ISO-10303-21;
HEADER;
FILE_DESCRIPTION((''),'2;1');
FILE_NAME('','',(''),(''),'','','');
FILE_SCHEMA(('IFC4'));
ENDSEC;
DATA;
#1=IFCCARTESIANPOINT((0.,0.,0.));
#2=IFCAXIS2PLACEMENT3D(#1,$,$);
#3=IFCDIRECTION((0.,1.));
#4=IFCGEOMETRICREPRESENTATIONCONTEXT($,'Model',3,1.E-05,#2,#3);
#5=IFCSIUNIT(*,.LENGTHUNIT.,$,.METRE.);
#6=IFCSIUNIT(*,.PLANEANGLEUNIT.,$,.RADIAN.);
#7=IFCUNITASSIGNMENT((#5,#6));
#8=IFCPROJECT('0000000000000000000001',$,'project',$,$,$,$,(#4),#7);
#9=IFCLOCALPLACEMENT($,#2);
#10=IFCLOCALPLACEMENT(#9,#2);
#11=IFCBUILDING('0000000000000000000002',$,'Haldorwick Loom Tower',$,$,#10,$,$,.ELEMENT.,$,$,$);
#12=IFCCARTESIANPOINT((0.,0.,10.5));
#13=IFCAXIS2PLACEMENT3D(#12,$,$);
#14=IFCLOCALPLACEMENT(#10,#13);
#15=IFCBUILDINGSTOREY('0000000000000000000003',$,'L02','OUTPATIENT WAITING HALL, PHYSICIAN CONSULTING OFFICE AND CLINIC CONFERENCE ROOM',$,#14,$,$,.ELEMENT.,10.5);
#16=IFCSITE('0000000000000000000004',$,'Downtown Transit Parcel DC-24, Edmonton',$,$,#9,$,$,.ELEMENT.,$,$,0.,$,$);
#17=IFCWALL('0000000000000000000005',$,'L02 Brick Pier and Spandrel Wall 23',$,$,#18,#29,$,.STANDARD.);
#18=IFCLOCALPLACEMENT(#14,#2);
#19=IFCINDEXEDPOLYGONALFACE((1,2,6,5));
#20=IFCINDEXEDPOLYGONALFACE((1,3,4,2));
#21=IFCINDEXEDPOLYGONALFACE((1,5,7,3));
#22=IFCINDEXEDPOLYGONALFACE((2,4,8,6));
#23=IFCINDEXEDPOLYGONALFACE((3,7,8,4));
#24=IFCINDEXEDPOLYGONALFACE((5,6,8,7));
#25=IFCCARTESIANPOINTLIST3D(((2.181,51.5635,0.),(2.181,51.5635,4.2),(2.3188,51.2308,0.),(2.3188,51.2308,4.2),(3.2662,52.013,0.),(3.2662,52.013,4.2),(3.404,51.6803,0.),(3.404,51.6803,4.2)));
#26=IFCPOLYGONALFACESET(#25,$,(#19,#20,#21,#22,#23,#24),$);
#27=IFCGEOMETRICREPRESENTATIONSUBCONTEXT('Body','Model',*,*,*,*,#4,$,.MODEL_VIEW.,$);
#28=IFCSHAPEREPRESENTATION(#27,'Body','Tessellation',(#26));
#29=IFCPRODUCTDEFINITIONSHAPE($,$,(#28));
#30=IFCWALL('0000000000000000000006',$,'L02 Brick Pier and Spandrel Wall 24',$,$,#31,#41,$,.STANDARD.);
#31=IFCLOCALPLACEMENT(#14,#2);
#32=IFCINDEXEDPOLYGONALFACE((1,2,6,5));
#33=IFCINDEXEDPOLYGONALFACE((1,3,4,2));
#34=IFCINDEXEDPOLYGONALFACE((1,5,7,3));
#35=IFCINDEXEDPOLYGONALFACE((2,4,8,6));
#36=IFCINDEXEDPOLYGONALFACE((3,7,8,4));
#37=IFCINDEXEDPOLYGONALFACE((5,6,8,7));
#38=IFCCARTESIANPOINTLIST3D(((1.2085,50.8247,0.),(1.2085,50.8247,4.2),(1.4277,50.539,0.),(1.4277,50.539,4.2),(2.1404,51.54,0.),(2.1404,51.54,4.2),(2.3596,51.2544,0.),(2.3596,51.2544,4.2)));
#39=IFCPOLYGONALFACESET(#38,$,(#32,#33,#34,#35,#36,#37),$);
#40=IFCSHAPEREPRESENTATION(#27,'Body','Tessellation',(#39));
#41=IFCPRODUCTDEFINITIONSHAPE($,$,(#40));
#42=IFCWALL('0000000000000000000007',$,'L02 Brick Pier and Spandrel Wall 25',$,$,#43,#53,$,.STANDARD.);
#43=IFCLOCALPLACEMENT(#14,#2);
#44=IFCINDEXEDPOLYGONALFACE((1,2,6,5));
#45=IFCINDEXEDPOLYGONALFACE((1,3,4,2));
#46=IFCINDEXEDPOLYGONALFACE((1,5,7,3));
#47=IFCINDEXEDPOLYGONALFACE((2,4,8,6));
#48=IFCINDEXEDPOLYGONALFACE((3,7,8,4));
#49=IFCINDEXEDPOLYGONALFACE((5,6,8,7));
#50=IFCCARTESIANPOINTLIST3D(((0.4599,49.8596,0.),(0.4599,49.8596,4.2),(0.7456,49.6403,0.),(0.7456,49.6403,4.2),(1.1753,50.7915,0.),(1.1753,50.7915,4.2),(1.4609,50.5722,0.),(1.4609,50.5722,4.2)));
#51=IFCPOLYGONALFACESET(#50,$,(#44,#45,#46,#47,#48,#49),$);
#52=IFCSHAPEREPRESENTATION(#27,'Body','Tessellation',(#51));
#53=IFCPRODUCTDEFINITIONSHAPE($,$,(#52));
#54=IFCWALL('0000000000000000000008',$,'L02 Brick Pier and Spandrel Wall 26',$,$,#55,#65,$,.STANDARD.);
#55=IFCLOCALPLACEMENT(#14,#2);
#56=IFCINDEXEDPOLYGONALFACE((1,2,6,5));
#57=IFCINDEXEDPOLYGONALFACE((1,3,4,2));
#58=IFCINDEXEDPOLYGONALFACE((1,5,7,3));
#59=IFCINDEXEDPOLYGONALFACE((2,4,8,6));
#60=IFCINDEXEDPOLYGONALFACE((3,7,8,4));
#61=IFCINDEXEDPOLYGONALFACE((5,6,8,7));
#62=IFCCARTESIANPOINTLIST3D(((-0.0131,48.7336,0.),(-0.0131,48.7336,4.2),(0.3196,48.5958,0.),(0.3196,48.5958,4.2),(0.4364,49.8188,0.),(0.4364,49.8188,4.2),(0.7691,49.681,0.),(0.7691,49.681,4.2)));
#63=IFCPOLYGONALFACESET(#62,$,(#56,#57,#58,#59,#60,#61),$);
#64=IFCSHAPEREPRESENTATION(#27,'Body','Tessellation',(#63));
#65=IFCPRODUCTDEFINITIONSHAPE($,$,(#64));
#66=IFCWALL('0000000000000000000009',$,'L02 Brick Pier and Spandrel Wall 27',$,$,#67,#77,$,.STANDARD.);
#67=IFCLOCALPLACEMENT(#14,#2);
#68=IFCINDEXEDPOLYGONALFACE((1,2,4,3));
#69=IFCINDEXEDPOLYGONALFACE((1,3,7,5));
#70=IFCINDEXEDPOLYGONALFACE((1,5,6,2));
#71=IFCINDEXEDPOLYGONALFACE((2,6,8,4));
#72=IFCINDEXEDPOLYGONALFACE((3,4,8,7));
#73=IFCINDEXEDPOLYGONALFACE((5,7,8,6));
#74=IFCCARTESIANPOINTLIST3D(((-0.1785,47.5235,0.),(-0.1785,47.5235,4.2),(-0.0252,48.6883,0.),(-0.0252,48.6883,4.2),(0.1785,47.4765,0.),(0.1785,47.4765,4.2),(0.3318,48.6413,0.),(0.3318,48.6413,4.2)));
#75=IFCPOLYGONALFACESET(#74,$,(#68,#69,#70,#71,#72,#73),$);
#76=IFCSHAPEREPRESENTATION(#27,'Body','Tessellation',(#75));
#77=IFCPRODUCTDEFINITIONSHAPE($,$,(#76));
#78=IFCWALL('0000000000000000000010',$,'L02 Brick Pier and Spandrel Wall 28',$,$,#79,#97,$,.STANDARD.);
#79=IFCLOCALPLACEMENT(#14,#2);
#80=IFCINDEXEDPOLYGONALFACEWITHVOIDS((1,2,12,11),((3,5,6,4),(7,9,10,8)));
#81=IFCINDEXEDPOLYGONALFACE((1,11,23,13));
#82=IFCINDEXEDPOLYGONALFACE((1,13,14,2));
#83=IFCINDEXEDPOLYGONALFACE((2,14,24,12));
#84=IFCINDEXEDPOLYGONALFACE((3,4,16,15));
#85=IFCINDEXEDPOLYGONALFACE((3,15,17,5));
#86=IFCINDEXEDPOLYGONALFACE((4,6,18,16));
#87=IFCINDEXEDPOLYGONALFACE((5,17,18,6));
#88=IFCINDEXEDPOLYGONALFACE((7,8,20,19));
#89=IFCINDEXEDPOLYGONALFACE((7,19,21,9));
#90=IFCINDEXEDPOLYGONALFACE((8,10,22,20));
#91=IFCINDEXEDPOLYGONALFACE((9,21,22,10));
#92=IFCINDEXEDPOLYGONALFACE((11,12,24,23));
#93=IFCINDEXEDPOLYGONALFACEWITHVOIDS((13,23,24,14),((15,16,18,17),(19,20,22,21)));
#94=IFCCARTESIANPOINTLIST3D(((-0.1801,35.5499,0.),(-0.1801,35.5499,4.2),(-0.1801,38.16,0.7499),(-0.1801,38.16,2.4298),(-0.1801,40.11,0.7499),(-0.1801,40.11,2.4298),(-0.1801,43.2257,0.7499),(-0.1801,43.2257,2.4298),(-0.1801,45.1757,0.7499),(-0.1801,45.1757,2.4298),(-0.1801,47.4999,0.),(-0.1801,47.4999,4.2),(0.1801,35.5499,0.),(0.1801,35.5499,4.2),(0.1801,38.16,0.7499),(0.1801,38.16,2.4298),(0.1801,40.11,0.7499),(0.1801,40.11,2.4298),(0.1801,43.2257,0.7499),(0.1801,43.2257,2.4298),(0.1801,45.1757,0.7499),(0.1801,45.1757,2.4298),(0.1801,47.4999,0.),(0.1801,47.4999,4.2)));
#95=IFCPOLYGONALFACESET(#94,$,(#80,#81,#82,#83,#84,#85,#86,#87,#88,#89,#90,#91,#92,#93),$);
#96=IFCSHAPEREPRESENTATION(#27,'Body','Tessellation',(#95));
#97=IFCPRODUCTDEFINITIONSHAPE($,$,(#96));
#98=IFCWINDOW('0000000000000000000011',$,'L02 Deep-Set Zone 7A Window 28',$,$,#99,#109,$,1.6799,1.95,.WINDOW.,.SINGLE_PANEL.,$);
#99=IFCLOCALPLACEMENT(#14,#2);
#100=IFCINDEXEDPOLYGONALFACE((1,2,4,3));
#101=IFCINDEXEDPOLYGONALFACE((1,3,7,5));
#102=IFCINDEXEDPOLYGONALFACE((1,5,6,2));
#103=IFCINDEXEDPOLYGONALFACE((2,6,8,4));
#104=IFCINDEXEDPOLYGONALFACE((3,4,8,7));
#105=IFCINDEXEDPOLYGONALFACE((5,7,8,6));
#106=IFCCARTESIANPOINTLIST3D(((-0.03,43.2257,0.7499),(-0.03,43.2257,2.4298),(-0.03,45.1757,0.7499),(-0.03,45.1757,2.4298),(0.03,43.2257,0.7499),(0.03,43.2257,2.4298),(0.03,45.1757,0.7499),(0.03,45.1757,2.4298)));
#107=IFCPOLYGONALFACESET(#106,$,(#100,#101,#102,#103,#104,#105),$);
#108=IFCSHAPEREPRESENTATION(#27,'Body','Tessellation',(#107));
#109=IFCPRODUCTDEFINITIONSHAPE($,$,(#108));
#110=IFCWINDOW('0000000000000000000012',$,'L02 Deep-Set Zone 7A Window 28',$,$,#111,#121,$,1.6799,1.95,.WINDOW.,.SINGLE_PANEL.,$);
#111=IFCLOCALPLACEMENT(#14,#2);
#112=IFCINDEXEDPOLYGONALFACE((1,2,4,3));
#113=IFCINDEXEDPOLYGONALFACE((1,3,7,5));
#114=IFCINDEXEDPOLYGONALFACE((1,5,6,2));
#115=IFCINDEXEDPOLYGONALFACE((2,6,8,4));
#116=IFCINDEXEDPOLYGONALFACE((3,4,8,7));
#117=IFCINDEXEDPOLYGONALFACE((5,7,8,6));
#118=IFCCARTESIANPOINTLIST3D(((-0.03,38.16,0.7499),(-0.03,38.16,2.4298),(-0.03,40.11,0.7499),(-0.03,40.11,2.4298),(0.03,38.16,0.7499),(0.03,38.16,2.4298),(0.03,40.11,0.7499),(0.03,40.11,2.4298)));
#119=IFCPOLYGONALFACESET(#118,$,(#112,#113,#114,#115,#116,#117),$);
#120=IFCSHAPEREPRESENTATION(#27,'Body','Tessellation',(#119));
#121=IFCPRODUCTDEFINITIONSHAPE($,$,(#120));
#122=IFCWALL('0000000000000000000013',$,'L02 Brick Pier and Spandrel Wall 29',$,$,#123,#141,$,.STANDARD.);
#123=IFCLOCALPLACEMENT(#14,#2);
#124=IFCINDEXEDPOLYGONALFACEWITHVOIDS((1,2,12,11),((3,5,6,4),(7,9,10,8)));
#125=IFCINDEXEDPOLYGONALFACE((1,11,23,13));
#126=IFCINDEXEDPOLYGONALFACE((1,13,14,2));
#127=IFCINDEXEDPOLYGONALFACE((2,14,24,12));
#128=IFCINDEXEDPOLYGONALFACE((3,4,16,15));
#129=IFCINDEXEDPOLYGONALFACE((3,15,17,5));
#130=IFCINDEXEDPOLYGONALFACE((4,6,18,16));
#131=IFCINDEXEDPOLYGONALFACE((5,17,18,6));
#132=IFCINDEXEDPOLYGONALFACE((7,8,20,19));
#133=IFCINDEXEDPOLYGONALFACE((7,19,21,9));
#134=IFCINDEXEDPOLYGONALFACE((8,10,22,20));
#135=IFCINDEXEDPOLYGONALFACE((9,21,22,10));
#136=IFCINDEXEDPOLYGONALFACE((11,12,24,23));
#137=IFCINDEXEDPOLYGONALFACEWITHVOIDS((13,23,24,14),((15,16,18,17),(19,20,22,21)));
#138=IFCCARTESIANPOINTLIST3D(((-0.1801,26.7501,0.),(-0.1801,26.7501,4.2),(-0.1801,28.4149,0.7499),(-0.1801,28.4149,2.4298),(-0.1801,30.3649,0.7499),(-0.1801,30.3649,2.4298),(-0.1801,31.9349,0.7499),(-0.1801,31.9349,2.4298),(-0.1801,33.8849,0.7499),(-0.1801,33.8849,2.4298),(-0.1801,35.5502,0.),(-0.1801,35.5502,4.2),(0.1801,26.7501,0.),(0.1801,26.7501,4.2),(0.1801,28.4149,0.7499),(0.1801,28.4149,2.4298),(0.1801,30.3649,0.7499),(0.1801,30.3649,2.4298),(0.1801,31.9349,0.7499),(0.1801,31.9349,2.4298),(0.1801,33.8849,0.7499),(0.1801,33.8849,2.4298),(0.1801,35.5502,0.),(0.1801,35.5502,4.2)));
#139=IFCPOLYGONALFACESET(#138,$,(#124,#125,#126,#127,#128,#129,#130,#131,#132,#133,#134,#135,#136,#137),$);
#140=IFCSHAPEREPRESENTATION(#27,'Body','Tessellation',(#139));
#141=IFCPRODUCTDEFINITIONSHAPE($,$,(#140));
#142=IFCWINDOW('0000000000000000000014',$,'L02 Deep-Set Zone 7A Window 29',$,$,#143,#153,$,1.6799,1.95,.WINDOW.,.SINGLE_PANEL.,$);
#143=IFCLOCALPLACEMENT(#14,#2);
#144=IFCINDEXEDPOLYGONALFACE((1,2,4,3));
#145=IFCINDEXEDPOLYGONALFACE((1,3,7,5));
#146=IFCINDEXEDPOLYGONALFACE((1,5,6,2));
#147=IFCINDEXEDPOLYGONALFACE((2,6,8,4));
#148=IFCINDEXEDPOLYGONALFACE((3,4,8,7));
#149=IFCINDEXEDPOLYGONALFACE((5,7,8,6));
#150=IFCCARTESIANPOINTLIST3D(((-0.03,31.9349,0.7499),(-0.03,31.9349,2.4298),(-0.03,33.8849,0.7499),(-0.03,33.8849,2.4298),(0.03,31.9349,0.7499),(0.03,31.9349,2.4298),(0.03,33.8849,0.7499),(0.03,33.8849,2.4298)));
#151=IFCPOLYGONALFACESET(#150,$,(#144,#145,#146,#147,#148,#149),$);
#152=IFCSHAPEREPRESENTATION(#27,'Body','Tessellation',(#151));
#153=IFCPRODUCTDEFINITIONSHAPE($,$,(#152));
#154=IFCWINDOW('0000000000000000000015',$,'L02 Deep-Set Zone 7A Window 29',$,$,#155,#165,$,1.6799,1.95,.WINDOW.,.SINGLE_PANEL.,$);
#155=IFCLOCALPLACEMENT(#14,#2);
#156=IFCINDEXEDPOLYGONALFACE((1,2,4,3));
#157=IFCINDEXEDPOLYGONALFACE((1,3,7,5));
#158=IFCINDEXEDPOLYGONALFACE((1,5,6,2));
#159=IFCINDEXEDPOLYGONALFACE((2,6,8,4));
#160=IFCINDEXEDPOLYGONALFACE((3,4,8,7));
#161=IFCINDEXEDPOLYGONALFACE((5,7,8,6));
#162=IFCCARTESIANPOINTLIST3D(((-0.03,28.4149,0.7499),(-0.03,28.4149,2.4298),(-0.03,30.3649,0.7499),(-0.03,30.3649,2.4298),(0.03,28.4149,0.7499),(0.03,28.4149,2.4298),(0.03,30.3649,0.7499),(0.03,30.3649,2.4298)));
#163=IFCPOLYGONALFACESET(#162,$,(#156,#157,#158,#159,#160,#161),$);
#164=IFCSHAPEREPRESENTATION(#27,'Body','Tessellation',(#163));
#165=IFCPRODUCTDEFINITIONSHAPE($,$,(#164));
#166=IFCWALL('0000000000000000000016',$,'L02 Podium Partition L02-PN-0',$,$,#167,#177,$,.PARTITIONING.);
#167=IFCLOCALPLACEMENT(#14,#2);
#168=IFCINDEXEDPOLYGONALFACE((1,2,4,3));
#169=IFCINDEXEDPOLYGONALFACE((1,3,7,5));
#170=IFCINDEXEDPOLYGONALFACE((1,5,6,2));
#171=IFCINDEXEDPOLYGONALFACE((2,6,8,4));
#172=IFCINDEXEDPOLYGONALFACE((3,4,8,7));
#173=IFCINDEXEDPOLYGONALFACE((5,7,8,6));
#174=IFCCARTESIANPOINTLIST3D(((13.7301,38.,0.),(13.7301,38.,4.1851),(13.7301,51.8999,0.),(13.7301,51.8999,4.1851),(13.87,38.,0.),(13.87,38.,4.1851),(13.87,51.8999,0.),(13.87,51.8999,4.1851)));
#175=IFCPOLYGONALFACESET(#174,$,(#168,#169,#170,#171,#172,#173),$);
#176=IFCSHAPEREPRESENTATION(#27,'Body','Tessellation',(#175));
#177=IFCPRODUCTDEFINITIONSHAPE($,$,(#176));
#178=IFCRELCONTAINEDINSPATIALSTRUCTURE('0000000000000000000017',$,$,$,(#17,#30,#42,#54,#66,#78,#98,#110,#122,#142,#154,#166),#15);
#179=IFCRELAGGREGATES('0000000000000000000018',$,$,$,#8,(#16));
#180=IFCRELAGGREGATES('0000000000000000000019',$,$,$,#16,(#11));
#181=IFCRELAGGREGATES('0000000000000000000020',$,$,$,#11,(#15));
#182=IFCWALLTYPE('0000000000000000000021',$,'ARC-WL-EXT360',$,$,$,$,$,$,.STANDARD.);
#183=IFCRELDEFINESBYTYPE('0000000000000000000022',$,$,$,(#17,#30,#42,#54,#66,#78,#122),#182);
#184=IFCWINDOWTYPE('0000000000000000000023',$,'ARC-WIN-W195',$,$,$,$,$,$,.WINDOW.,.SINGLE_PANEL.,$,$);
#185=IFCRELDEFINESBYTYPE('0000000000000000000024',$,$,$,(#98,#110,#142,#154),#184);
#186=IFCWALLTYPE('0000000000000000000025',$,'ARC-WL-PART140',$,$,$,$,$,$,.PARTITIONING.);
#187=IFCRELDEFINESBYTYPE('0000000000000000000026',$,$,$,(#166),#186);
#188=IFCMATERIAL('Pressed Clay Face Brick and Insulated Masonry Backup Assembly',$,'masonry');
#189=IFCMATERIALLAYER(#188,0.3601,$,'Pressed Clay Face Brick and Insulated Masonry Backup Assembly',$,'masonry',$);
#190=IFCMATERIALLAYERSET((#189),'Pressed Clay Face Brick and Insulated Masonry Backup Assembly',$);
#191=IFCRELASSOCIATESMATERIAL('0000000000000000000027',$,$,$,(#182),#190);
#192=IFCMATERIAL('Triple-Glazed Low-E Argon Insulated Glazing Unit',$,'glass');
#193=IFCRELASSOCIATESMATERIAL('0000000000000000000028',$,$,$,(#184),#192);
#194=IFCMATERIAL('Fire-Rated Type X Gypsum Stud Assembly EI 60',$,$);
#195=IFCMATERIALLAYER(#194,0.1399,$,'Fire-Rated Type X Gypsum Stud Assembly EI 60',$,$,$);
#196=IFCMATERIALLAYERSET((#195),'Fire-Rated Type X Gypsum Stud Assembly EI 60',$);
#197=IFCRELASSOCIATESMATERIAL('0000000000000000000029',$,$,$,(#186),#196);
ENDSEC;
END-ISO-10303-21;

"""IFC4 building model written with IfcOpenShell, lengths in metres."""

from ifc_helpers import new_model, si_unit, direction, frame, frame_2d, origin, place, context, subcontext, project, spatial, rectangle, extrude, material, layer, layer_set, type_object, element, fill, save


model = new_model("IFC4")

# Units and contexts
model_context = context("Model", 3, precision=1e-05, world=origin(), true_north=direction((0.0, 1.0)))
body_context = subcontext(model_context, "Body", "Model", "MODEL_VIEW")
ifc_project = project(units=[si_unit("LENGTHUNIT", "METRE"), si_unit("PLANEANGLEUNIT", "RADIAN")], contexts=[model_context])

# Site, building, storey
site_placement = place(None, origin())
site = spatial("IfcSite", under=ifc_project, at=site_placement, Name="Downtown Transit Parcel DC-24, Edmonton", CompositionType="ELEMENT", RefElevation=0.0)
building_placement = place(site_placement, origin())
building = spatial("IfcBuilding", under=site, at=building_placement, Name="Haldorwick Loom Tower", CompositionType="ELEMENT")
storey_placement = place(building_placement, frame((0.0, 0.0, 10.5)))
storey = spatial("IfcBuildingStorey", under=building, at=storey_placement, Name="L02", Description="OUTPATIENT WAITING HALL, PHYSICIAN CONSULTING OFFICE AND CLINIC CONFERENCE ROOM", CompositionType="ELEMENT", Elevation=10.5)

# Shared definitions
ifc_material_1 = material(Name="Pressed Clay Face Brick and Insulated Masonry Backup Assembly", Category="masonry")
ifc_layer_1 = layer(ifc_material_1, 0.3601, Name="Pressed Clay Face Brick and Insulated Masonry Backup Assembly", Category="masonry")
ifc_layer_set_1 = layer_set([ifc_layer_1], Name="Pressed Clay Face Brick and Insulated Masonry Backup Assembly")
wall_type_1 = type_object("IfcWallType", Name="ARC-WL-EXT360", PredefinedType="STANDARD", material=ifc_layer_set_1)
ifc_material_2 = material(Name="Triple-Glazed Low-E Argon Insulated Glazing Unit", Category="glass")
window_type = type_object("IfcWindowType", Name="ARC-WIN-W195", PartitioningType="SINGLE_PANEL", PredefinedType="WINDOW", material=ifc_material_2)

# Walls
wall_1_placement = place(storey_placement, frame((3.3352, 51.8467, 0.0), z_axis=(0.0, 0.0, 1.0), x_axis=(-0.923893, -0.382652, 0.0)))
element("IfcWall", 1, at=wall_1_placement, inside=storey, type_object=wall_type_1, Name="L02 Brick Pier and Spandrel Wall 23", PredefinedType="STANDARD", context=body_context, shape_type="SweptSolid", body=[
    extrude(rectangle(XDim=1.1746, YDim=0.3601, at=frame_2d((0.5874, 0.0))), origin(), (0.0, 0.0, 1.0), 4.2),
])
for number, where, z_axis, x_axis, name in (
    (2, (2.25, 51.3972, 0.0), (0.0, 0.0, 1.0), (-0.793242, -0.608907, 0.0), "L02 Brick Pier and Spandrel Wall 24"),
    (3, (1.3181, 50.6819, 0.0), (0.0, 0.0, 1.0), (-0.608907, -0.793242, 0.0), "L02 Brick Pier and Spandrel Wall 25"),
):
    element("IfcWall", number, at=place(storey_placement, frame(where, z_axis=z_axis, x_axis=x_axis)), inside=storey, type_object=wall_type_1, Name=name, PredefinedType="STANDARD", context=body_context, shape_type="SweptSolid", body=[
        extrude(rectangle(XDim=1.1748, YDim=0.3601, at=frame_2d((0.5874, 0.0))), origin(), (0.0, 0.0, 1.0), 4.2),
    ])
wall_2_placement = place(storey_placement, frame((0.6028, 49.75, 0.0), z_axis=(0.0, 0.0, 1.0), x_axis=(-0.382652, -0.923893, 0.0)))
element("IfcWall", 4, at=wall_2_placement, inside=storey, type_object=wall_type_1, Name="L02 Brick Pier and Spandrel Wall 26", PredefinedType="STANDARD", context=body_context, shape_type="SweptSolid", body=[
    extrude(rectangle(XDim=1.1746, YDim=0.3601, at=frame_2d((0.5874, 0.0))), origin(), (0.0, 0.0, 1.0), 4.2),
])
wall_3_placement = place(storey_placement, frame((0.1533, 48.6648, 0.0), z_axis=(0.0, 0.0, 1.0), x_axis=(-0.130503, -0.991448, 0.0)))
element("IfcWall", 5, at=wall_3_placement, inside=storey, type_object=wall_type_1, Name="L02 Brick Pier and Spandrel Wall 27", PredefinedType="STANDARD", context=body_context, shape_type="SweptSolid", body=[
    extrude(rectangle(XDim=1.1748, YDim=0.3601, at=frame_2d((0.5874, 0.0))), origin(), (0.0, 0.0, 1.0), 4.2),
])

# Walls, openings, windows
wall_4_placement = place(storey_placement, frame((0.0, 47.5, 0.0), z_axis=(0.0, 0.0, 1.0), x_axis=(0.0, -1.0, 0.0)))
wall_4 = element("IfcWall", 6, at=wall_4_placement, inside=storey, type_object=wall_type_1, Name="L02 Brick Pier and Spandrel Wall 28", PredefinedType="STANDARD", context=body_context, shape_type="SweptSolid", body=[
    extrude(rectangle(XDim=11.95, YDim=0.3601, at=frame_2d((5.9751, 0.0))), origin(), (0.0, 0.0, 1.0), 4.2),
])
opening_1_placement = place(wall_4_placement, frame((2.3242, 0.0, 0.75)))
opening_1 = element("IfcOpeningElement", 7, at=opening_1_placement, cuts=wall_4, PredefinedType="OPENING", context=body_context, shape_type="SweptSolid", body=[
    extrude(rectangle(XDim=1.95, YDim=1.6799, at=frame_2d((0.9751, 0.8398))), frame((0.0, 0.1899, 0.0), z_axis=(0.0, -1.0, 0.0), x_axis=(1.0, 0.0, 0.0)), (0.0, 0.0, 1.0), 0.3801),
])
opening_2_placement = place(wall_4_placement, frame((7.3899, 0.0, 0.75)))
opening_2 = element("IfcOpeningElement", 8, at=opening_2_placement, cuts=wall_4, PredefinedType="OPENING", context=body_context, shape_type="SweptSolid", body=[
    extrude(rectangle(XDim=1.95, YDim=1.6799, at=frame_2d((0.9751, 0.8398))), frame((0.0, 0.1899, 0.0), z_axis=(0.0, -1.0, 0.0), x_axis=(1.0, 0.0, 0.0)), (0.0, 0.0, 1.0), 0.3801),
])
window_1_placement = place(opening_1_placement, origin())
window_1 = element("IfcWindow", 9, at=window_1_placement, inside=storey, type_object=window_type, Name="L02 Deep-Set Zone 7A Window 28", OverallHeight=1.6799, OverallWidth=1.95, PartitioningType="SINGLE_PANEL", PredefinedType="WINDOW", context=body_context, shape_type="SweptSolid", body=[
    extrude(rectangle(XDim=1.95, YDim=1.6799, at=frame_2d((0.9751, 0.8398))), frame((0.0, 0.03, 0.0), z_axis=(0.0, -1.0, 0.0), x_axis=(1.0, 0.0, 0.0)), (0.0, 0.0, 1.0), 0.0601),
])
fill(opening_1, window_1)
window_2_placement = place(opening_2_placement, origin())
window_2 = element("IfcWindow", 10, at=window_2_placement, inside=storey, type_object=window_type, Name="L02 Deep-Set Zone 7A Window 28", OverallHeight=1.6799, OverallWidth=1.95, PartitioningType="SINGLE_PANEL", PredefinedType="WINDOW", context=body_context, shape_type="SweptSolid", body=[
    extrude(rectangle(XDim=1.95, YDim=1.6799, at=frame_2d((0.9751, 0.8398))), frame((0.0, 0.03, 0.0), z_axis=(0.0, -1.0, 0.0), x_axis=(1.0, 0.0, 0.0)), (0.0, 0.0, 1.0), 0.0601),
])
fill(opening_2, window_2)
wall_5_placement = place(storey_placement, frame((0.0, 35.55, 0.0), z_axis=(0.0, 0.0, 1.0), x_axis=(0.0, -1.0, 0.0)))
wall_5 = element("IfcWall", 11, at=wall_5_placement, inside=storey, type_object=wall_type_1, Name="L02 Brick Pier and Spandrel Wall 29", PredefinedType="STANDARD", context=body_context, shape_type="SweptSolid", body=[
    extrude(rectangle(XDim=8.8, YDim=0.3601, at=frame_2d((4.3999, 0.0))), origin(), (0.0, 0.0, 1.0), 4.2),
])
opening_3_placement = place(wall_5_placement, frame((1.665, 0.0, 0.75)))
opening_3 = element("IfcOpeningElement", 12, at=opening_3_placement, cuts=wall_5, PredefinedType="OPENING", context=body_context, shape_type="SweptSolid", body=[
    extrude(rectangle(XDim=1.95, YDim=1.6799, at=frame_2d((0.9751, 0.8398))), frame((0.0, 0.1899, 0.0), z_axis=(0.0, -1.0, 0.0), x_axis=(1.0, 0.0, 0.0)), (0.0, 0.0, 1.0), 0.3801),
])
opening_4_placement = place(wall_5_placement, frame((5.1851, 0.0, 0.75)))
opening_4 = element("IfcOpeningElement", 13, at=opening_4_placement, cuts=wall_5, PredefinedType="OPENING", context=body_context, shape_type="SweptSolid", body=[
    extrude(rectangle(XDim=1.95, YDim=1.6799, at=frame_2d((0.9751, 0.8398))), frame((0.0, 0.1899, 0.0), z_axis=(0.0, -1.0, 0.0), x_axis=(1.0, 0.0, 0.0)), (0.0, 0.0, 1.0), 0.3801),
])
window_3_placement = place(opening_3_placement, origin())
window_3 = element("IfcWindow", 14, at=window_3_placement, inside=storey, type_object=window_type, Name="L02 Deep-Set Zone 7A Window 29", OverallHeight=1.6799, OverallWidth=1.95, PartitioningType="SINGLE_PANEL", PredefinedType="WINDOW", context=body_context, shape_type="SweptSolid", body=[
    extrude(rectangle(XDim=1.95, YDim=1.6799, at=frame_2d((0.9751, 0.8398))), frame((0.0, 0.03, 0.0), z_axis=(0.0, -1.0, 0.0), x_axis=(1.0, 0.0, 0.0)), (0.0, 0.0, 1.0), 0.0601),
])
fill(opening_3, window_3)
window_4_placement = place(opening_4_placement, origin())
window_4 = element("IfcWindow", 15, at=window_4_placement, inside=storey, type_object=window_type, Name="L02 Deep-Set Zone 7A Window 29", OverallHeight=1.6799, OverallWidth=1.95, PartitioningType="SINGLE_PANEL", PredefinedType="WINDOW", context=body_context, shape_type="SweptSolid", body=[
    extrude(rectangle(XDim=1.95, YDim=1.6799, at=frame_2d((0.9751, 0.8398))), frame((0.0, 0.03, 0.0), z_axis=(0.0, -1.0, 0.0), x_axis=(1.0, 0.0, 0.0)), (0.0, 0.0, 1.0), 0.0601),
])
fill(opening_4, window_4)

# Wall
ifc_material_3 = material(Name="Fire-Rated Type X Gypsum Stud Assembly EI 60")
ifc_layer_2 = layer(ifc_material_3, 0.1399, Name="Fire-Rated Type X Gypsum Stud Assembly EI 60")
ifc_layer_set_2 = layer_set([ifc_layer_2], Name="Fire-Rated Type X Gypsum Stud Assembly EI 60")
wall_type_2 = type_object("IfcWallType", Name="ARC-WL-PART140", PredefinedType="PARTITIONING", material=ifc_layer_set_2)
wall_6_placement = place(storey_placement, frame((13.8, 38.0, 0.0), z_axis=(0.0, 0.0, 1.0), x_axis=(0.0, 1.0, 0.0)))
element("IfcWall", 16, at=wall_6_placement, inside=storey, type_object=wall_type_2, Name="L02 Podium Partition L02-PN-0", PredefinedType="PARTITIONING", context=body_context, shape_type="SweptSolid", body=[
    extrude(rectangle(XDim=13.8999, YDim=0.1399, at=frame_2d((6.95, 0.0))), origin(), (0.0, 0.0, 1.0), 4.1851),
])

save(model, "model.ifc")
